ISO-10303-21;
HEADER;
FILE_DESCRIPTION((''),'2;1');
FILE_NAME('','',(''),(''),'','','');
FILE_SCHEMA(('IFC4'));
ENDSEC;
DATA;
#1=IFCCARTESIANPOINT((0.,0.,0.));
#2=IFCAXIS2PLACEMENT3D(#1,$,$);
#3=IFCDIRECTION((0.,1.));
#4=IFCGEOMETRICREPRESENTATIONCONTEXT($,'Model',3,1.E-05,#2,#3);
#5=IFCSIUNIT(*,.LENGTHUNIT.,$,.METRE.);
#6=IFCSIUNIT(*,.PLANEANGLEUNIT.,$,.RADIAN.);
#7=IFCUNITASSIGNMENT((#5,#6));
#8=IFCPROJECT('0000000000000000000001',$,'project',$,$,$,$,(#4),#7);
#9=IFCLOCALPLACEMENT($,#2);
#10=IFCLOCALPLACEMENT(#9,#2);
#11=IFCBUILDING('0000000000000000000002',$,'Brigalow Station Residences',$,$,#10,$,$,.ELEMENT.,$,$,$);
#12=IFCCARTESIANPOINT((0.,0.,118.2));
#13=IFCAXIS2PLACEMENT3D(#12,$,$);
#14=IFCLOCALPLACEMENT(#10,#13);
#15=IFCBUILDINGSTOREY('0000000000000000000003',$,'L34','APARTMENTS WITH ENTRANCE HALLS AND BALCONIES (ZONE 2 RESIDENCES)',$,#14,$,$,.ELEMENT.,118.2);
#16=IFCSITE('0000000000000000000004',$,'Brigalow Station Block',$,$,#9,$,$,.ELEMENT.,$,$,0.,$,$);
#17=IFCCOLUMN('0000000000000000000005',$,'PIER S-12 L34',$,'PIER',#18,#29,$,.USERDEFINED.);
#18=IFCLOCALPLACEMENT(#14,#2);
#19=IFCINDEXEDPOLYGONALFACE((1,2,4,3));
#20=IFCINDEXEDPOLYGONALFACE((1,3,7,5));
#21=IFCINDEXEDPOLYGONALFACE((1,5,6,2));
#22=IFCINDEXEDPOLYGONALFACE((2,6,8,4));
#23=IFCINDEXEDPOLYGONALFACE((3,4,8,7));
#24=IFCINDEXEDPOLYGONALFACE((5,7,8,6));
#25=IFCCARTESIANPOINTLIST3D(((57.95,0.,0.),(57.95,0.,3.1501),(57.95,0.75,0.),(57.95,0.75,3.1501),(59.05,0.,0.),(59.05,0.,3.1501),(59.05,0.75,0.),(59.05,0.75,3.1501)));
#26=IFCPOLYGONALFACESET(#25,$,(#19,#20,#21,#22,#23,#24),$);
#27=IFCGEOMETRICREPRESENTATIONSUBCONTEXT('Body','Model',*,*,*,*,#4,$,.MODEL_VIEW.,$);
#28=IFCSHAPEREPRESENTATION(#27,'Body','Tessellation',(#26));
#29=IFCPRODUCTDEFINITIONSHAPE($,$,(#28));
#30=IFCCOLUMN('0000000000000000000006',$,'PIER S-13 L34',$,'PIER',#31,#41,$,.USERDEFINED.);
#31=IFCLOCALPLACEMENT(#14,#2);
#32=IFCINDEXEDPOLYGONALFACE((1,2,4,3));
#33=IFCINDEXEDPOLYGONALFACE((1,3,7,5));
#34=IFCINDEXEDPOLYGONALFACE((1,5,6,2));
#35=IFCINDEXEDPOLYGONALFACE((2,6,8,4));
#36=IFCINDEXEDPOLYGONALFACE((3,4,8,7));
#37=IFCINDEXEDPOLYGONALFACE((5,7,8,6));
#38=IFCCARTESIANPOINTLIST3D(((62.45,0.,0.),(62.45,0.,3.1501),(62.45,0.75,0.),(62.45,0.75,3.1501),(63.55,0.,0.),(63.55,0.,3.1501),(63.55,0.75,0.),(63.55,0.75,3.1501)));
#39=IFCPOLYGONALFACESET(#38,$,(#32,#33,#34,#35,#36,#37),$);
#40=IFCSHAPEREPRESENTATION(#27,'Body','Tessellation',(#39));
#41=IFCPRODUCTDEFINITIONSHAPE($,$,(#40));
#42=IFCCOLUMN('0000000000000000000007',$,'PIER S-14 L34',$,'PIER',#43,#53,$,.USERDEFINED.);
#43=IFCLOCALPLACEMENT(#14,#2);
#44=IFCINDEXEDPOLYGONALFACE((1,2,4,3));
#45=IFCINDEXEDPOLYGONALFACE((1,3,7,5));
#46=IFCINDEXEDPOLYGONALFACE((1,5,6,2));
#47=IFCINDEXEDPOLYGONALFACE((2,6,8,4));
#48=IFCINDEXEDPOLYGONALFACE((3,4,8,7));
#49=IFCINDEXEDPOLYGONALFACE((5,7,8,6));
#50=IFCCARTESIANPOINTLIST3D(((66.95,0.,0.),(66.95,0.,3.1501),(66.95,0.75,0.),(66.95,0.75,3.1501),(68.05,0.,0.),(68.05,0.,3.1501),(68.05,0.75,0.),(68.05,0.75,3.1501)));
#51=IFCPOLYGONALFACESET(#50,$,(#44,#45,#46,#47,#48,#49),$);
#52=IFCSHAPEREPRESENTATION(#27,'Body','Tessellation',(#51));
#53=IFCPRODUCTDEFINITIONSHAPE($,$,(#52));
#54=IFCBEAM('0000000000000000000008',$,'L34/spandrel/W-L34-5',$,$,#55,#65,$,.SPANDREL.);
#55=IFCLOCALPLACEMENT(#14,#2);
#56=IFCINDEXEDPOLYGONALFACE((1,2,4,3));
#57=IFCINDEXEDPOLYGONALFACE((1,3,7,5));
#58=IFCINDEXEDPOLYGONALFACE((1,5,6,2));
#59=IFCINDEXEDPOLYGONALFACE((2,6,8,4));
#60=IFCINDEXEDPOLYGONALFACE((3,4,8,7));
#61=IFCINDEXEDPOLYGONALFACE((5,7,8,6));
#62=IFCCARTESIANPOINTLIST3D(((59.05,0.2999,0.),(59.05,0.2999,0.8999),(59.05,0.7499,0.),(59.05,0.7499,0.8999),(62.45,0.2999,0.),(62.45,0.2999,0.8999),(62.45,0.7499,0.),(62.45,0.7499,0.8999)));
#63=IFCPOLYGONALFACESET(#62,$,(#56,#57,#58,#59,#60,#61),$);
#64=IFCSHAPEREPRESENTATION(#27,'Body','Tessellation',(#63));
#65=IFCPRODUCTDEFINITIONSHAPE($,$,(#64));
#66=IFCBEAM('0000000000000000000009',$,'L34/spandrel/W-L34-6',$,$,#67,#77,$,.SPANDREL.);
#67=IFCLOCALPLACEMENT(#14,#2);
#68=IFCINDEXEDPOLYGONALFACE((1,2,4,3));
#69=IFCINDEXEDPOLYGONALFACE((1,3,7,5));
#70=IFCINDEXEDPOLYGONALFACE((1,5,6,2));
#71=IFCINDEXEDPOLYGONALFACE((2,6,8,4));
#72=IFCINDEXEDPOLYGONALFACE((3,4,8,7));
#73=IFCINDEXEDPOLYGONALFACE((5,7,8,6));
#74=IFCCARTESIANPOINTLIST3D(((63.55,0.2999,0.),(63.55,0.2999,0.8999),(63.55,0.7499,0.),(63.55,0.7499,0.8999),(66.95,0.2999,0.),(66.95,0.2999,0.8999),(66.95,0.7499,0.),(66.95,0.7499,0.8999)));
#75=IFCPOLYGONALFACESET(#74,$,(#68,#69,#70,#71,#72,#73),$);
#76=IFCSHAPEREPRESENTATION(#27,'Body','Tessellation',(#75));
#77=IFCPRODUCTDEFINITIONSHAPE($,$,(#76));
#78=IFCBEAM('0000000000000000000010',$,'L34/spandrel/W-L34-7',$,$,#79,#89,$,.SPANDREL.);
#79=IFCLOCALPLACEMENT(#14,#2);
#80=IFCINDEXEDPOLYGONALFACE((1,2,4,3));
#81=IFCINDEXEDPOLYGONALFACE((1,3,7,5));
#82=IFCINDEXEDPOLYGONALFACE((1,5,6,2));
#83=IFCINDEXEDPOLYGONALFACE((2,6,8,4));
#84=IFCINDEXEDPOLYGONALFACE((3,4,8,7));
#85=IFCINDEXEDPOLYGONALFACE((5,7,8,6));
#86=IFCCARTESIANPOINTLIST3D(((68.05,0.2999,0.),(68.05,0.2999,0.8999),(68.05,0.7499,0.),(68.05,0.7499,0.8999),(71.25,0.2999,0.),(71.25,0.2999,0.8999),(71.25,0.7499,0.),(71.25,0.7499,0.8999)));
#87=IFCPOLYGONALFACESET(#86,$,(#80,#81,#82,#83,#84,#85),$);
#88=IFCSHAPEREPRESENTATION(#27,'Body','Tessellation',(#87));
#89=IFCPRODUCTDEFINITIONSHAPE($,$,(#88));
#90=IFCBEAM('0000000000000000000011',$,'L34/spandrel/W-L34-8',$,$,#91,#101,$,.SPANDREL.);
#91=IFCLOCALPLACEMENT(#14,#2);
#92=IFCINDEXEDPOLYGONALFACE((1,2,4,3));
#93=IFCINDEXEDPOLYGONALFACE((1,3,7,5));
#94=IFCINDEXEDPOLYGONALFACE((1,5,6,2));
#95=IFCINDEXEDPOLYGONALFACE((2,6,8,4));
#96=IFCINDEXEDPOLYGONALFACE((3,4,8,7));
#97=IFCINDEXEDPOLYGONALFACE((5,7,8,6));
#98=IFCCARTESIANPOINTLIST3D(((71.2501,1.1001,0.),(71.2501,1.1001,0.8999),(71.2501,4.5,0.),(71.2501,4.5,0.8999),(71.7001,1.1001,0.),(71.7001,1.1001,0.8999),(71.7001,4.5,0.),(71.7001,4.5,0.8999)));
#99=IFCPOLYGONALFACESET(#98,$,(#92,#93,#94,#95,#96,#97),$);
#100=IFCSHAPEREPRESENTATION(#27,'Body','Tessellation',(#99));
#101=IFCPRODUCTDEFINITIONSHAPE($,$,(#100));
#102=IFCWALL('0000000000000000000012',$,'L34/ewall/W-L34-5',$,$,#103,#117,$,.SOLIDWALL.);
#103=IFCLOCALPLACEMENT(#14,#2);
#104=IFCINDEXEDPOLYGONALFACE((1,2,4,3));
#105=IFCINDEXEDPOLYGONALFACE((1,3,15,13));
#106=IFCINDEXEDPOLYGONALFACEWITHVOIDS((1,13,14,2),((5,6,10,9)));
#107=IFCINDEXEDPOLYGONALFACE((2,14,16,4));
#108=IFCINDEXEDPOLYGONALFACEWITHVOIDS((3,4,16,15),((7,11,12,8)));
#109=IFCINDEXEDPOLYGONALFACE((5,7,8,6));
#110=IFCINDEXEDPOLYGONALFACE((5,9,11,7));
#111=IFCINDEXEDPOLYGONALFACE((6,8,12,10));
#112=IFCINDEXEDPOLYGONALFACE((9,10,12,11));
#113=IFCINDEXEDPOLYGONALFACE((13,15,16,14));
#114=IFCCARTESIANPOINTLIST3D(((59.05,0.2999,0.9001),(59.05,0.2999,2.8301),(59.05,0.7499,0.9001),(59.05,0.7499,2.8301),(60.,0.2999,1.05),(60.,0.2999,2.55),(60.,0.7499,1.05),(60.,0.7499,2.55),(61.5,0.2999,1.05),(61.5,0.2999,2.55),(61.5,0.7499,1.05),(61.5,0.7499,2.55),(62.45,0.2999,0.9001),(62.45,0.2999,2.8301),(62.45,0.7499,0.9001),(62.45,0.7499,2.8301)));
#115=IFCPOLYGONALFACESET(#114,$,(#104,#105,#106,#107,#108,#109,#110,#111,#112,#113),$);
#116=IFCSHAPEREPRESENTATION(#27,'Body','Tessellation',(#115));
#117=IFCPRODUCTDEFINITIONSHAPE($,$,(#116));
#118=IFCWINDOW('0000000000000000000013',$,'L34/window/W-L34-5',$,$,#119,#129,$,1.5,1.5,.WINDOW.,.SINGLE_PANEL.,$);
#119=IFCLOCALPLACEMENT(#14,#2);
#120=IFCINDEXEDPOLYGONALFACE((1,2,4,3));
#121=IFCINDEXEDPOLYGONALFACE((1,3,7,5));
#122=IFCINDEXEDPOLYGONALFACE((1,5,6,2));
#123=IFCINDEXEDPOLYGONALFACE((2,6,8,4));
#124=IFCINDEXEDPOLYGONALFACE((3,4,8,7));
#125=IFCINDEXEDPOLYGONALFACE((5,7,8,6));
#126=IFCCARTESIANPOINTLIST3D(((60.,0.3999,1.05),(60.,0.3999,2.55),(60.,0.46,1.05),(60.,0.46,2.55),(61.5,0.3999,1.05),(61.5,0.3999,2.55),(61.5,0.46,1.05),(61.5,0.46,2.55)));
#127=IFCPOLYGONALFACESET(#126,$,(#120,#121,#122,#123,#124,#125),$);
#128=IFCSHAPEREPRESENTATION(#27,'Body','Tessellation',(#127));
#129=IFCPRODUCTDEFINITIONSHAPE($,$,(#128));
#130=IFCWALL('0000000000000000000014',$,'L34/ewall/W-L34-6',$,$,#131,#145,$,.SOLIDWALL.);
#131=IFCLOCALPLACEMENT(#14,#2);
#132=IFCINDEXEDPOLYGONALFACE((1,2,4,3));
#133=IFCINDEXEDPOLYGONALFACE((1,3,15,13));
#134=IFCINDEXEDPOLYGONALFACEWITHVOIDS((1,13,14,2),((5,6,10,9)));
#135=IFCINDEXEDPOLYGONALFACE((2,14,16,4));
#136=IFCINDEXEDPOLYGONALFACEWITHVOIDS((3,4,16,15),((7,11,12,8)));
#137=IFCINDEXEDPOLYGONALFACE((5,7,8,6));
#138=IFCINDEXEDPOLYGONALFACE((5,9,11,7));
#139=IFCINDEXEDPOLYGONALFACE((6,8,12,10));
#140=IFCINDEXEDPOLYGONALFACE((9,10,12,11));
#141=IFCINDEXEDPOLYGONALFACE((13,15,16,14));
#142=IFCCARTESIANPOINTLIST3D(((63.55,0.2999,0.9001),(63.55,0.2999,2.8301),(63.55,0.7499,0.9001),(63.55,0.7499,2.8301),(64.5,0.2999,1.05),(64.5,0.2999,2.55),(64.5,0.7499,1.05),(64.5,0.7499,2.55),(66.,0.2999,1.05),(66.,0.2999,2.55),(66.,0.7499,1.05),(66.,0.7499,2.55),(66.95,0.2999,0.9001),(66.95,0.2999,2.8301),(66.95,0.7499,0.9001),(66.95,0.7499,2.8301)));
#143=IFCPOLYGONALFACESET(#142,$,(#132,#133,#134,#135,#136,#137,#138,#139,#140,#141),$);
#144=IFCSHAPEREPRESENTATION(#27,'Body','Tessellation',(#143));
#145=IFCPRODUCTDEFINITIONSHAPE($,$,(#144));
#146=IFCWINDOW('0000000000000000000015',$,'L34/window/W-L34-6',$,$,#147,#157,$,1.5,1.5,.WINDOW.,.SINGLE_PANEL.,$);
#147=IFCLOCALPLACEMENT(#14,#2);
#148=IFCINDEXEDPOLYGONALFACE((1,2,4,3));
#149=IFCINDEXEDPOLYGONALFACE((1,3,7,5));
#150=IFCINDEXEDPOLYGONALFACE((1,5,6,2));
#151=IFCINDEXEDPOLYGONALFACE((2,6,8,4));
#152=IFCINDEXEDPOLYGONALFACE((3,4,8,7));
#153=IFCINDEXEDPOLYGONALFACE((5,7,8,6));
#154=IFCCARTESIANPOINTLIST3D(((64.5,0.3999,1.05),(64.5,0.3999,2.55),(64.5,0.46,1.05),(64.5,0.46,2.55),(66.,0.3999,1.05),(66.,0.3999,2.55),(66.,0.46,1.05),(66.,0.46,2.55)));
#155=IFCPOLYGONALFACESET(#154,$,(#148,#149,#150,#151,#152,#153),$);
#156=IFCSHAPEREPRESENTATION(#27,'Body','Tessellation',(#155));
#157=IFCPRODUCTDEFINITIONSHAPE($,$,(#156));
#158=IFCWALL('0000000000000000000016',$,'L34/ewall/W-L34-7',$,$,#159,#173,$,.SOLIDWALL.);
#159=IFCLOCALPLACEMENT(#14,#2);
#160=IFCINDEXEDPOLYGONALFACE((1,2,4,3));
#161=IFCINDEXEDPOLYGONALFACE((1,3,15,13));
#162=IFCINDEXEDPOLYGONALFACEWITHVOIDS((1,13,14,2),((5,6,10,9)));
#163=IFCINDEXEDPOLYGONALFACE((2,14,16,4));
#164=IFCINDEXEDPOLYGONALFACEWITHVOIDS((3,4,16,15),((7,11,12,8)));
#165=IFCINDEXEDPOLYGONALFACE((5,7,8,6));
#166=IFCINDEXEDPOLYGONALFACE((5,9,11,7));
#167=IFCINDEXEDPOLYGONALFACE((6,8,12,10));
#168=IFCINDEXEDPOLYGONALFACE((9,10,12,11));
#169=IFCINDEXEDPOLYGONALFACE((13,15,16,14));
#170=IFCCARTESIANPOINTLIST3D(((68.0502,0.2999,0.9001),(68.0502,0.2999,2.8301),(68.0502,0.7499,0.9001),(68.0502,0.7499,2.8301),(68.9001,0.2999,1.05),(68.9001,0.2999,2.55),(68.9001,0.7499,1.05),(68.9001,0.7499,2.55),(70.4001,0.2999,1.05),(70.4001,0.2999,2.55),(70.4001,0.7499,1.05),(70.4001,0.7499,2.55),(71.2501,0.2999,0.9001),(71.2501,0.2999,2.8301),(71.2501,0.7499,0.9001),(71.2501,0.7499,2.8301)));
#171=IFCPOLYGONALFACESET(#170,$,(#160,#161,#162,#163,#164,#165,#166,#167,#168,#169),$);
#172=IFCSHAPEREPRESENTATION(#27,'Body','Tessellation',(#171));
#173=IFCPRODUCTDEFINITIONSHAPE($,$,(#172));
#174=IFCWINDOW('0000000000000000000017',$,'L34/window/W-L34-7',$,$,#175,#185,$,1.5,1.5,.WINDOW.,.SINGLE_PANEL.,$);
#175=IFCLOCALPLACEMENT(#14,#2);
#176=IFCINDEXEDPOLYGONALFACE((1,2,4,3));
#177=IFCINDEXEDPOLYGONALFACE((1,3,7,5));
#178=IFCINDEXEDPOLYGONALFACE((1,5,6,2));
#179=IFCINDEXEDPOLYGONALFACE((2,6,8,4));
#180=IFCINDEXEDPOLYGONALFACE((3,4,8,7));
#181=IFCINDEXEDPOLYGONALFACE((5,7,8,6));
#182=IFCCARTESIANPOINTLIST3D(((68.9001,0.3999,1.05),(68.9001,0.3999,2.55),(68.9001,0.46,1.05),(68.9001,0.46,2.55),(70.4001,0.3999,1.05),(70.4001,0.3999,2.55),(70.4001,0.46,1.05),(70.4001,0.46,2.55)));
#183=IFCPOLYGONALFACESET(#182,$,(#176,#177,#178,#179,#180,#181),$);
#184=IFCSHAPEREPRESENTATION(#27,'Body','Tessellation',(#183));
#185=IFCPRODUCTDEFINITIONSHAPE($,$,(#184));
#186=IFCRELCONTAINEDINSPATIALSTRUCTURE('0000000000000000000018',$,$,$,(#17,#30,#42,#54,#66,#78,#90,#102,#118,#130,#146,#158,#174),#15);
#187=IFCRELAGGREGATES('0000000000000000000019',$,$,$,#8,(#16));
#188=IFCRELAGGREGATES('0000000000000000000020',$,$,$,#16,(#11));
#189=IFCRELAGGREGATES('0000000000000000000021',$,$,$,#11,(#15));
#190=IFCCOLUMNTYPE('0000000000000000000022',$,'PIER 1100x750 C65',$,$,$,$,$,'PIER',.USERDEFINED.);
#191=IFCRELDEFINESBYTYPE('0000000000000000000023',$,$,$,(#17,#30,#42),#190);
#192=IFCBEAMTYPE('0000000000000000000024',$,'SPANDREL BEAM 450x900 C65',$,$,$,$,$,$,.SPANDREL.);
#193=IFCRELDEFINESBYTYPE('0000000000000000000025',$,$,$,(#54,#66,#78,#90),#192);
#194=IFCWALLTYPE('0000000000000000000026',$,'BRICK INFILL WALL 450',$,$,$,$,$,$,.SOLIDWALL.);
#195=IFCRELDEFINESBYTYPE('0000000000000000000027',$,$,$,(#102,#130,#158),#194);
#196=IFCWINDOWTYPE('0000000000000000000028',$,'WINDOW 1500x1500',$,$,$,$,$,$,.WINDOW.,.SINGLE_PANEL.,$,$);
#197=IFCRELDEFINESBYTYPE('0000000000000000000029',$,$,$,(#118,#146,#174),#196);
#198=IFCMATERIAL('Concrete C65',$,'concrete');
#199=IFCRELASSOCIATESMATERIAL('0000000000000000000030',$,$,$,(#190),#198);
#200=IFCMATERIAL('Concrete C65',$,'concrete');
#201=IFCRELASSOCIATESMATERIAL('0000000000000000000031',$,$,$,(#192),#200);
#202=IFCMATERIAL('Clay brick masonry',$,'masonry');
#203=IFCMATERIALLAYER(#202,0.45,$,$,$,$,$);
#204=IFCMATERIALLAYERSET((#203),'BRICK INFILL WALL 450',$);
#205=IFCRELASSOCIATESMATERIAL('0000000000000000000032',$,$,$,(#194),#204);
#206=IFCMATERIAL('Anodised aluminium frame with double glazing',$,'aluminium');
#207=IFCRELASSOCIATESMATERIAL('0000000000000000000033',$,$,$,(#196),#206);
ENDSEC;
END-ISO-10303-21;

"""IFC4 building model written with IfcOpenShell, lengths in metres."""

from ifc_helpers import new_model, si_unit, direction, frame, frame_2d, origin, origin_2d, place, context, subcontext, project, spatial, rectangle, extrude, material, layer, layer_set, material_profile, profile_set, type_object, element, fill, save


model = new_model("IFC4")

# Units and contexts
model_context = context("Model", 3, precision=1e-05, world=origin(), true_north=direction((0.0, 1.0)))
body_context = subcontext(model_context, "Body", "Model", "MODEL_VIEW")
ifc_project = project(units=[si_unit("LENGTHUNIT", "METRE"), si_unit("PLANEANGLEUNIT", "RADIAN")], contexts=[model_context])

# Site, building, storey
site_placement = place(None, origin())
site = spatial("IfcSite", under=ifc_project, at=site_placement, Name="Brigalow Station Block", CompositionType="ELEMENT", RefElevation=0.0)
building_placement = place(site_placement, origin())
building = spatial("IfcBuilding", under=site, at=building_placement, Name="Brigalow Station Residences", CompositionType="ELEMENT")
storey_placement = place(building_placement, frame((0.0, 0.0, 118.2)))
storey = spatial("IfcBuildingStorey", under=building, at=storey_placement, Name="L34", Description="APARTMENTS WITH ENTRANCE HALLS AND BALCONIES (ZONE 2 RESIDENCES)", CompositionType="ELEMENT", Elevation=118.2)

# Columns
ifc_material_1 = material(Name="Concrete C65", Category="concrete")
ifc_material_profile_1 = material_profile(ifc_material_1, rectangle(XDim=1.1001, YDim=0.75, at=origin_2d()), Name="RC1100x750")
ifc_profile_set_1 = profile_set([ifc_material_profile_1], Name="Concrete C65")
column_type = type_object("IfcColumnType", Name="PIER 1100x750 C65", ElementType="PIER", PredefinedType="USERDEFINED", material=ifc_profile_set_1)
for number, where, z_axis, x_axis, name in (
    (1, (58.5, 0.375, 0.0), (0.0, 0.0, 1.0), (1.0, 0.0, 0.0), "PIER S-12 L34"),
    (2, (63.0, 0.375, 0.0), (0.0, 0.0, 1.0), (1.0, 0.0, 0.0), "PIER S-13 L34"),
    (3, (67.5, 0.375, 0.0), (0.0, 0.0, 1.0), (1.0, 0.0, 0.0), "PIER S-14 L34"),
):
    element("IfcColumn", number, at=place(storey_placement, frame(where, z_axis=z_axis, x_axis=x_axis)), inside=storey, type_object=column_type, Name=name, ObjectType="PIER", PredefinedType="USERDEFINED", context=body_context, shape_type="SweptSolid", body=[
        extrude(rectangle(XDim=1.1001, YDim=0.75, at=origin_2d()), origin(), (0.0, 0.0, 1.0), 3.1501),
    ])

# Beams
ifc_material_2 = material(Name="Concrete C65", Category="concrete")
ifc_material_profile_2 = material_profile(ifc_material_2, rectangle(XDim=0.45, YDim=0.8999, at=origin_2d()), Name="RC450x900")
ifc_profile_set_2 = profile_set([ifc_material_profile_2], Name="Concrete C65")
beam_type = type_object("IfcBeamType", Name="SPANDREL BEAM 450x900 C65", PredefinedType="SPANDREL", material=ifc_profile_set_2)
for number, where, z_axis, x_axis, name in (
    (4, (59.05, 0.5249, 0.45), (1.0, 0.0, 0.0), (0.0, 1.0, 0.0), "L34/spandrel/W-L34-5"),
    (5, (63.55, 0.5249, 0.45), (1.0, 0.0, 0.0), (0.0, 1.0, 0.0), "L34/spandrel/W-L34-6"),
):
    element("IfcBeam", number, at=place(storey_placement, frame(where, z_axis=z_axis, x_axis=x_axis)), inside=storey, type_object=beam_type, Name=name, PredefinedType="SPANDREL", context=body_context, shape_type="SweptSolid", body=[
        extrude(rectangle(XDim=0.45, YDim=0.8999, at=origin_2d()), origin(), (0.0, 0.0, 1.0), 3.3999),
    ])
beam_1_placement = place(storey_placement, frame((68.05, 0.5249, 0.45), z_axis=(1.0, 0.0, 0.0), x_axis=(0.0, 1.0, 0.0)))
element("IfcBeam", 6, at=beam_1_placement, inside=storey, type_object=beam_type, Name="L34/spandrel/W-L34-7", PredefinedType="SPANDREL", context=body_context, shape_type="SweptSolid", body=[
    extrude(rectangle(XDim=0.45, YDim=0.8999, at=origin_2d()), origin(), (0.0, 0.0, 1.0), 3.2),
])
beam_2_placement = place(storey_placement, frame((71.4751, 1.1001, 0.45), z_axis=(0.0, 1.0, 0.0), x_axis=(-1.0, 0.0, 0.0)))
element("IfcBeam", 7, at=beam_2_placement, inside=storey, type_object=beam_type, Name="L34/spandrel/W-L34-8", PredefinedType="SPANDREL", context=body_context, shape_type="SweptSolid", body=[
    extrude(rectangle(XDim=0.45, YDim=0.8999, at=origin_2d()), origin(), (0.0, 0.0, 1.0), 3.3999),
])

# Walls, openings, windows
ifc_material_3 = material(Name="Clay brick masonry", Category="masonry")
ifc_layer_1 = layer(ifc_material_3, 0.45)
ifc_layer_set_1 = layer_set([ifc_layer_1], Name="BRICK INFILL WALL 450")
wall_type_1 = type_object("IfcWallType", Name="BRICK INFILL WALL 450", PredefinedType="SOLIDWALL", material=ifc_layer_set_1)
wall_1_placement = place(storey_placement, frame((59.05, 0.5249, 0.9001), z_axis=(0.0, 0.0, 1.0), x_axis=(1.0, 0.0, 0.0)))
wall_1 = element("IfcWall", 8, at=wall_1_placement, inside=storey, type_object=wall_type_1, Name="L34/ewall/W-L34-5", PredefinedType="SOLIDWALL", context=body_context, shape_type="SweptSolid", body=[
    extrude(rectangle(XDim=3.3999, YDim=0.45, at=frame_2d((1.7, 0.0))), origin(), (0.0, 0.0, 1.0), 1.9299),
])
opening_1_placement = place(wall_1_placement, frame((0.95, 0.0, 0.1499)))
opening_1 = element("IfcOpeningElement", 9, at=opening_1_placement, cuts=wall_1, PredefinedType="OPENING", context=body_context, shape_type="SweptSolid", body=[
    extrude(rectangle(XDim=1.5, YDim=1.5, at=frame_2d((0.75, 0.75))), frame((0.0, 0.2349, 0.0), z_axis=(0.0, -1.0, 0.0), x_axis=(1.0, 0.0, 0.0)), (0.0, 0.0, 1.0), 0.47),
])
ifc_material_4 = material(Name="Anodised aluminium frame with double glazing", Category="aluminium")
window_type = type_object("IfcWindowType", Name="WINDOW 1500x1500", PartitioningType="SINGLE_PANEL", PredefinedType="WINDOW", material=ifc_material_4)
window_1_placement = place(opening_1_placement, origin())
window_1 = element("IfcWindow", 10, at=window_1_placement, inside=storey, type_object=window_type, Name="L34/window/W-L34-5", OverallHeight=1.5, OverallWidth=1.5, PartitioningType="SINGLE_PANEL", PredefinedType="WINDOW", context=body_context, shape_type="SweptSolid", body=[
    extrude(rectangle(XDim=1.5, YDim=1.5, at=frame_2d((0.75, 0.75))), frame((0.0, -0.0649, 0.0), z_axis=(0.0, -1.0, 0.0), x_axis=(1.0, 0.0, 0.0)), (0.0, 0.0, 1.0), 0.0601),
])
fill(opening_1, window_1)
wall_2_placement = place(storey_placement, frame((63.55, 0.5249, 0.9001), z_axis=(0.0, 0.0, 1.0), x_axis=(1.0, 0.0, 0.0)))
wall_2 = element("IfcWall", 11, at=wall_2_placement, inside=storey, type_object=wall_type_1, Name="L34/ewall/W-L34-6", PredefinedType="SOLIDWALL", context=body_context, shape_type="SweptSolid", body=[
    extrude(rectangle(XDim=3.3999, YDim=0.45, at=frame_2d((1.7, 0.0))), origin(), (0.0, 0.0, 1.0), 1.9299),
])
opening_2_placement = place(wall_2_placement, frame((0.95, 0.0, 0.1499)))
opening_2 = element("IfcOpeningElement", 12, at=opening_2_placement, cuts=wall_2, PredefinedType="OPENING", context=body_context, shape_type="SweptSolid", body=[
    extrude(rectangle(XDim=1.5, YDim=1.5, at=frame_2d((0.75, 0.75))), frame((0.0, 0.2349, 0.0), z_axis=(0.0, -1.0, 0.0), x_axis=(1.0, 0.0, 0.0)), (0.0, 0.0, 1.0), 0.47),
])
window_2_placement = place(opening_2_placement, origin())
window_2 = element("IfcWindow", 13, at=window_2_placement, inside=storey, type_object=window_type, Name="L34/window/W-L34-6", OverallHeight=1.5, OverallWidth=1.5, PartitioningType="SINGLE_PANEL", PredefinedType="WINDOW", context=body_context, shape_type="SweptSolid", body=[
    extrude(rectangle(XDim=1.5, YDim=1.5, at=frame_2d((0.75, 0.75))), frame((0.0, -0.0649, 0.0), z_axis=(0.0, -1.0, 0.0), x_axis=(1.0, 0.0, 0.0)), (0.0, 0.0, 1.0), 0.0601),
])
fill(opening_2, window_2)
wall_3_placement = place(storey_placement, frame((68.05, 0.5249, 0.9001), z_axis=(0.0, 0.0, 1.0), x_axis=(1.0, 0.0, 0.0)))
wall_3 = element("IfcWall", 14, at=wall_3_placement, inside=storey, type_object=wall_type_1, Name="L34/ewall/W-L34-7", PredefinedType="SOLIDWALL", context=body_context, shape_type="SweptSolid", body=[
    extrude(rectangle(XDim=3.2, YDim=0.45, at=frame_2d((1.6001, 0.0))), origin(), (0.0, 0.0, 1.0), 1.9299),
])
opening_3_placement = place(wall_3_placement, frame((0.8501, 0.0, 0.1499)))
opening_3 = element("IfcOpeningElement", 15, at=opening_3_placement, cuts=wall_3, PredefinedType="OPENING", context=body_context, shape_type="SweptSolid", body=[
    extrude(rectangle(XDim=1.5, YDim=1.5, at=frame_2d((0.75, 0.75))), frame((0.0, 0.2349, 0.0), z_axis=(0.0, -1.0, 0.0), x_axis=(1.0, 0.0, 0.0)), (0.0, 0.0, 1.0), 0.47),
])
window_3_placement = place(opening_3_placement, origin())
window_3 = element("IfcWindow", 16, at=window_3_placement, inside=storey, type_object=window_type, Name="L34/window/W-L34-7", OverallHeight=1.5, OverallWidth=1.5, PartitioningType="SINGLE_PANEL", PredefinedType="WINDOW", context=body_context, shape_type="SweptSolid", body=[
    extrude(rectangle(XDim=1.5, YDim=1.5, at=frame_2d((0.75, 0.75))), frame((0.0, -0.0649, 0.0), z_axis=(0.0, -1.0, 0.0), x_axis=(1.0, 0.0, 0.0)), (0.0, 0.0, 1.0), 0.0601),
])
fill(opening_3, window_3)

save(model, "model.ifc")
